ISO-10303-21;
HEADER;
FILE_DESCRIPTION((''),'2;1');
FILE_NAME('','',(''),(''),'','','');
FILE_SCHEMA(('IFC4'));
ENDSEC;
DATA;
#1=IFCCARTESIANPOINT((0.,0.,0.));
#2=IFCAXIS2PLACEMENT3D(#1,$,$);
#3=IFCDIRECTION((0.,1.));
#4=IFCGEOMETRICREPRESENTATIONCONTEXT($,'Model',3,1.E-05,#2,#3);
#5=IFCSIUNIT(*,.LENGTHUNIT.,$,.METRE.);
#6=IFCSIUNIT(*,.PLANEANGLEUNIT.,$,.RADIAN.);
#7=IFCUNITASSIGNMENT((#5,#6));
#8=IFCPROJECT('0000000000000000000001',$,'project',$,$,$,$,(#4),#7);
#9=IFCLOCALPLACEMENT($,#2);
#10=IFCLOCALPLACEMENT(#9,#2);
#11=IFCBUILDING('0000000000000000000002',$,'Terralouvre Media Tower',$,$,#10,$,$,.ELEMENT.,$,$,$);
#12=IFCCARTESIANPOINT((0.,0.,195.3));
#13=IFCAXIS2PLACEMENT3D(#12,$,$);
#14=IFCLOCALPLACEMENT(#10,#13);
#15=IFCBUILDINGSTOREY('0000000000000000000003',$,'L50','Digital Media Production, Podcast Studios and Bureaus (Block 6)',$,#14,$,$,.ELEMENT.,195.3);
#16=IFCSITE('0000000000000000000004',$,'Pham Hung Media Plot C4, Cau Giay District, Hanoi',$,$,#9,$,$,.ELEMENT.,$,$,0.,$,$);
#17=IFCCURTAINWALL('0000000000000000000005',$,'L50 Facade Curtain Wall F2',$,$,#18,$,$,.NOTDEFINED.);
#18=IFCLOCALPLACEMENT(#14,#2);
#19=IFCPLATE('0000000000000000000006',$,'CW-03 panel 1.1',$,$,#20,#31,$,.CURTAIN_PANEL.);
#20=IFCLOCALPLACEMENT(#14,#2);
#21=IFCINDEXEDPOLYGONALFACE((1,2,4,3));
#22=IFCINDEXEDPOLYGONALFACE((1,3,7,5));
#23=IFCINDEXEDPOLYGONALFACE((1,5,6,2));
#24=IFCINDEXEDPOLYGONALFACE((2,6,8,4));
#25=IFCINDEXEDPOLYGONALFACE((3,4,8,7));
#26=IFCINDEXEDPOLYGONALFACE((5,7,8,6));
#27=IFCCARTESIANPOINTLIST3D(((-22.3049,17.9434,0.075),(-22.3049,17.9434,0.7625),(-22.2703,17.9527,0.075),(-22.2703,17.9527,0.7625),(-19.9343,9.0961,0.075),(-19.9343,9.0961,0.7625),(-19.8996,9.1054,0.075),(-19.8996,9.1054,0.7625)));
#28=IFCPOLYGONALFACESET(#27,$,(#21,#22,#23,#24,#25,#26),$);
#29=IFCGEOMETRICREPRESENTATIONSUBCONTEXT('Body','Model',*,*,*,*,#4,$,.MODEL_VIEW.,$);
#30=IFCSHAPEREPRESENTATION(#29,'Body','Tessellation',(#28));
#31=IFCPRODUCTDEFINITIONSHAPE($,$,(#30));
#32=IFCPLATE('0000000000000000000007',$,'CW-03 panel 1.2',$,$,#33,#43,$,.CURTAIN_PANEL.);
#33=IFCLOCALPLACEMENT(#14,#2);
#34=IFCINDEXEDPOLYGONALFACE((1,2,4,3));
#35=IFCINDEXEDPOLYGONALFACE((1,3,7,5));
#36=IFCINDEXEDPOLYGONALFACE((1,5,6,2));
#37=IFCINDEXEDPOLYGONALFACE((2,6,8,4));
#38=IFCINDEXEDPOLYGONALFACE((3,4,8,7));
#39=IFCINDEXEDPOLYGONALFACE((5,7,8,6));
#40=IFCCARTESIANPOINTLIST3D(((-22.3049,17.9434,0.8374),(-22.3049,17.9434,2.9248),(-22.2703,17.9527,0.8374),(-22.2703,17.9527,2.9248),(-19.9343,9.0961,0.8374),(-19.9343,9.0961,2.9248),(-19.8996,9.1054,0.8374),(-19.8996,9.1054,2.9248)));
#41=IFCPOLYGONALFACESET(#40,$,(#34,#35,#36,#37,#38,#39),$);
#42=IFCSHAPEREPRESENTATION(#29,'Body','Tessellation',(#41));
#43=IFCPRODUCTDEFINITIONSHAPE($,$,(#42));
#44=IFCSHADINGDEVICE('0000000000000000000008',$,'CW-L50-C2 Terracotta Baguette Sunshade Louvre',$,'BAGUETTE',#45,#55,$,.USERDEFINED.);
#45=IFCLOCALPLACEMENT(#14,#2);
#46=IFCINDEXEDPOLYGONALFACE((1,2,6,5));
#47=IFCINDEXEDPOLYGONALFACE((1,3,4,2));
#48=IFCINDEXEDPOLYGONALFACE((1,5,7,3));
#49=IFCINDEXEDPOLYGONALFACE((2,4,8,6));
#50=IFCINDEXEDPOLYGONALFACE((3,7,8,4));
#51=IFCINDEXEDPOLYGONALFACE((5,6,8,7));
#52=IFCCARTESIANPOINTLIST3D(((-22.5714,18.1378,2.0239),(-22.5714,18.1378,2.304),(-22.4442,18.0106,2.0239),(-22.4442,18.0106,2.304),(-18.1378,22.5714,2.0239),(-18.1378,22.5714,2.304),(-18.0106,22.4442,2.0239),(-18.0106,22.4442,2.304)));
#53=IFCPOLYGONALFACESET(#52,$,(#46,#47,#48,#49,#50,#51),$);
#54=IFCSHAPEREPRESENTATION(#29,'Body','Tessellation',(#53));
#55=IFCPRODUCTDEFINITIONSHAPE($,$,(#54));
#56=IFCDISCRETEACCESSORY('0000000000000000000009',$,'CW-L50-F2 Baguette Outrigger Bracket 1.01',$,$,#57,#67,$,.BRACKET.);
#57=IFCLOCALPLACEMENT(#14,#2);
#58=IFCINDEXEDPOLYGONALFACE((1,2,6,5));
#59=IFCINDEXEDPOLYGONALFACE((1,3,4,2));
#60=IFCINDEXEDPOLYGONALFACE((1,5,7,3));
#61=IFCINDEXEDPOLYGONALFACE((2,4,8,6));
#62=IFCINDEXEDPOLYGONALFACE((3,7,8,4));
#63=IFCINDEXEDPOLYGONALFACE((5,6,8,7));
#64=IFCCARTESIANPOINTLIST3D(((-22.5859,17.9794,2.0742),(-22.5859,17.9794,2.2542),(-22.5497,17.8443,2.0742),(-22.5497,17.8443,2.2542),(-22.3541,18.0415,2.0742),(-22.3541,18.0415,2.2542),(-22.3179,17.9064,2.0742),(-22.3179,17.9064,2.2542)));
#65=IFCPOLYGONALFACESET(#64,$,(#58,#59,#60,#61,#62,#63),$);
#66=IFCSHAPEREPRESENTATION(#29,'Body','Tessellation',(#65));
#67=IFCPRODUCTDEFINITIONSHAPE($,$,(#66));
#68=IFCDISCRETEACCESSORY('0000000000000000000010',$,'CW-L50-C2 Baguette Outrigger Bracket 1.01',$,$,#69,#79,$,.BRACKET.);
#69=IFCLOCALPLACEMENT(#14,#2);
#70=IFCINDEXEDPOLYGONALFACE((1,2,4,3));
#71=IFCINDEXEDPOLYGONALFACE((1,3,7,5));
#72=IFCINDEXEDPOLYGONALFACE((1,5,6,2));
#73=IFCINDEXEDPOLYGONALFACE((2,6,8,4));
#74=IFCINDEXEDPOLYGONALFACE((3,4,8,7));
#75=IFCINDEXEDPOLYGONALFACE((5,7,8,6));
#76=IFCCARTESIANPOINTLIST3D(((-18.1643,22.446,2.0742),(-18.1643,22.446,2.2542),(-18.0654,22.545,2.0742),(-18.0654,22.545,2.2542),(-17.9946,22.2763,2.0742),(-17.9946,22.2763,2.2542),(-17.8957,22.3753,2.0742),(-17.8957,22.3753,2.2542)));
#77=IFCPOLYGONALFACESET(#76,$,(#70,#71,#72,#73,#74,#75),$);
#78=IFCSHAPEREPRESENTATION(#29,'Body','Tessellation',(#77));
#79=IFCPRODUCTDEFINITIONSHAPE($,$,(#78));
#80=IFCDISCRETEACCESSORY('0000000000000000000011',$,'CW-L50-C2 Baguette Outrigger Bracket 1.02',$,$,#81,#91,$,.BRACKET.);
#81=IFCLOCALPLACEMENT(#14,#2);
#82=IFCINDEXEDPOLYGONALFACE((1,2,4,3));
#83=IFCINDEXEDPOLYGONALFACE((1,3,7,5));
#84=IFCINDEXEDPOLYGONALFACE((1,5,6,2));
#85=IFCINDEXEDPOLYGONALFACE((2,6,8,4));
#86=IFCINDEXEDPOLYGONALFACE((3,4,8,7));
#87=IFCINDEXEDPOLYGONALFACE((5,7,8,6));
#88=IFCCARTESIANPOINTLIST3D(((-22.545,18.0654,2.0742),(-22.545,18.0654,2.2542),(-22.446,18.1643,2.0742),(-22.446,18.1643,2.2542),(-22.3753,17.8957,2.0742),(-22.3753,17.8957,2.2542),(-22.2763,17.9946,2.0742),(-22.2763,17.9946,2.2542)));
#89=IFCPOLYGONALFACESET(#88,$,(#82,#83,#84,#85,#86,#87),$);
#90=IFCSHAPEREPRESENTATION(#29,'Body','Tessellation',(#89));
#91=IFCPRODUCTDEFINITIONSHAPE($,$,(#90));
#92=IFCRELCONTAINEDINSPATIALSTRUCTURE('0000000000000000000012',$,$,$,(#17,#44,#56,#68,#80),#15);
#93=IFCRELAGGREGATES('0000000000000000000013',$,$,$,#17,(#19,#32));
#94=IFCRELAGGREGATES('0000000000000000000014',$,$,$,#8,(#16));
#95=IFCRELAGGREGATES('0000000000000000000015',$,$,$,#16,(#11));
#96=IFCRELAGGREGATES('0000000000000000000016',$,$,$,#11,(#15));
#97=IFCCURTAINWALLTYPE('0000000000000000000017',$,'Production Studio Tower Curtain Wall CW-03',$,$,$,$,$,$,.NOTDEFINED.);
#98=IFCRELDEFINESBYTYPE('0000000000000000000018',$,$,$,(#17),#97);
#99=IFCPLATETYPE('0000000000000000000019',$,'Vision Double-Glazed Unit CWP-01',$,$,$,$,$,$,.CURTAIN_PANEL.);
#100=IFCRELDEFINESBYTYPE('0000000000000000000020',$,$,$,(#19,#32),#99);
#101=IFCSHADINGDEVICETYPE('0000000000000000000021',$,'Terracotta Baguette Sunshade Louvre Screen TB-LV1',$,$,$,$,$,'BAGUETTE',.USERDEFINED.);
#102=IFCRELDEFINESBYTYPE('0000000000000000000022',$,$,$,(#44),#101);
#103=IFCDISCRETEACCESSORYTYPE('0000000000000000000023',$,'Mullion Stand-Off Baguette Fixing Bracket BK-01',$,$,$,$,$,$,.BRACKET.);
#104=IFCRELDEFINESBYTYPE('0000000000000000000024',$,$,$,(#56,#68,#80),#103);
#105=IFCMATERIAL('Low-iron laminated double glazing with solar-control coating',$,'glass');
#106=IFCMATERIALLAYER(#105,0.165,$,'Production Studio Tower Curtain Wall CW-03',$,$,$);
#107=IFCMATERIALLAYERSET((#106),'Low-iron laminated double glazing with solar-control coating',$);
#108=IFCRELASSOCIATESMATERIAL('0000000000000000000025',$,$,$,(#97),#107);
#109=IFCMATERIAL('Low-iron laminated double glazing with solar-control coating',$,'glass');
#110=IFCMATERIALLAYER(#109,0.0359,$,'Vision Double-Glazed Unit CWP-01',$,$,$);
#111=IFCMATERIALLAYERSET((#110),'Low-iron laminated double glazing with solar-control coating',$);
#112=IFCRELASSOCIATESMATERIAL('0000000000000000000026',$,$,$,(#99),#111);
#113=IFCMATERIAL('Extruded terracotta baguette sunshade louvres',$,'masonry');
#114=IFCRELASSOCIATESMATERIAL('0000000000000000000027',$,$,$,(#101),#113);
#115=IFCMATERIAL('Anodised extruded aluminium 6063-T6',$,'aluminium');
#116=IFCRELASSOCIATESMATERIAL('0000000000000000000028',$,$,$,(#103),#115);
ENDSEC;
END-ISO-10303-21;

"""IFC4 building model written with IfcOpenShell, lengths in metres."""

from ifc_helpers import new_model, si_unit, direction, frame, origin, origin_2d, place, context, subcontext, project, spatial, rectangle, extrude, material, layer, layer_set, type_object, element, aggregate, save


model = new_model("IFC4")

# Units and contexts
model_context = context("Model", 3, precision=1e-05, world=origin(), true_north=direction((0.0, 1.0)))
body_context = subcontext(model_context, "Body", "Model", "MODEL_VIEW")
ifc_project = project(units=[si_unit("LENGTHUNIT", "METRE"), si_unit("PLANEANGLEUNIT", "RADIAN")], contexts=[model_context])

# Site, building, storey
site_placement = place(None, origin())
site = spatial("IfcSite", under=ifc_project, at=site_placement, Name="Pham Hung Media Plot C4, Cau Giay District, Hanoi", CompositionType="ELEMENT", RefElevation=0.0)
building_placement = place(site_placement, origin())
building = spatial("IfcBuilding", under=site, at=building_placement, Name="Terralouvre Media Tower", CompositionType="ELEMENT")
storey_placement = place(building_placement, frame((0.0, 0.0, 195.3)))
storey = spatial("IfcBuildingStorey", under=building, at=storey_placement, Name="L50", Description="Digital Media Production, Podcast Studios and Bureaus (Block 6)", CompositionType="ELEMENT", Elevation=195.3)

# Curtain wall
ifc_material_1 = material(Name="Low-iron laminated double glazing with solar-control coating", Category="glass")
ifc_layer_1 = layer(ifc_material_1, 0.165, Name="Production Studio Tower Curtain Wall CW-03")
ifc_layer_set_1 = layer_set([ifc_layer_1], Name="Low-iron laminated double glazing with solar-control coating")
curtain_wall_type_1 = type_object("IfcCurtainWallType", Name="Production Studio Tower Curtain Wall CW-03", PredefinedType="NOTDEFINED", material=ifc_layer_set_1)
curtain_wall_1_placement = place(storey_placement, origin())
curtain_wall_1 = element("IfcCurtainWall", 1, at=curtain_wall_1_placement, inside=storey, type_object=curtain_wall_type_1, Name="L50 Facade Curtain Wall F2", PredefinedType="NOTDEFINED")

# Plates
ifc_material_2 = material(Name="Low-iron laminated double glazing with solar-control coating", Category="glass")
ifc_layer_2 = layer(ifc_material_2, 0.0359, Name="Vision Double-Glazed Unit CWP-01")
ifc_layer_set_2 = layer_set([ifc_layer_2], Name="Low-iron laminated double glazing with solar-control coating")
plate_type_1 = type_object("IfcPlateType", Name="Vision Double-Glazed Unit CWP-01", PredefinedType="CURTAIN_PANEL", material=ifc_layer_set_2)
plate_1_placement = place(storey_placement, frame((-21.1023, 13.5244, 0.075), z_axis=(0.0, 0.0, 1.0), x_axis=(0.258819, -0.965926, 0.0)))
plate_1 = element("IfcPlate", 2, at=plate_1_placement, type_object=plate_type_1, Name="CW-03 panel 1.1", PredefinedType="CURTAIN_PANEL", context=body_context, shape_type="SweptSolid", body=[
    extrude(rectangle(XDim=9.1594, YDim=0.0359, at=origin_2d()), origin(), (0.0, 0.0, 1.0), 0.6875),
])
plate_2_placement = place(storey_placement, frame((-21.1023, 13.5244, 0.8374), z_axis=(0.0, 0.0, 1.0), x_axis=(0.258819, -0.965926, 0.0)))
plate_2 = element("IfcPlate", 3, at=plate_2_placement, type_object=plate_type_1, Name="CW-03 panel 1.2", PredefinedType="CURTAIN_PANEL", context=body_context, shape_type="SweptSolid", body=[
    extrude(rectangle(XDim=9.1594, YDim=0.0359, at=origin_2d()), origin(), (0.0, 0.0, 1.0), 2.0874),
])
aggregate(curtain_wall_1, [plate_1, plate_2])

# Shading device
ifc_material_3 = material(Name="Extruded terracotta baguette sunshade louvres", Category="masonry")
shading_device_type = type_object("IfcShadingDeviceType", Name="Terracotta Baguette Sunshade Louvre Screen TB-LV1", ElementType="BAGUETTE", PredefinedType="USERDEFINED", material=ifc_material_3)
shading_device_placement = place(storey_placement, frame((-20.291, 20.291, 2.0239), z_axis=(0.0, 0.0, 1.0), x_axis=(-0.707107, -0.707107, 0.0)))
element("IfcShadingDevice", 4, at=shading_device_placement, inside=storey, type_object=shading_device_type, Name="CW-L50-C2 Terracotta Baguette Sunshade Louvre", ObjectType="BAGUETTE", PredefinedType="USERDEFINED", context=body_context, shape_type="SweptSolid", body=[
    extrude(rectangle(XDim=6.27, YDim=0.1799, at=origin_2d()), origin(), (0.0, 0.0, 1.0), 0.28),
])

# Discrete accessories
ifc_material_4 = material(Name="Anodised extruded aluminium 6063-T6", Category="aluminium")
discrete_accessory_type = type_object("IfcDiscreteAccessoryType", Name="Mullion Stand-Off Baguette Fixing Bracket BK-01", PredefinedType="BRACKET", material=ifc_material_4)
for number, where, z_axis, x_axis, name in (
    (5, (-22.4519, 17.9429, 2.0742), (0.0, 0.0, 1.0), (0.258819, -0.965926, 0.0), "CW-L50-F2 Baguette Outrigger Bracket 1.01"),
    (6, (-18.03, 22.4106, 2.0742), (0.0, 0.0, 1.0), (-0.707107, -0.707107, 0.0), "CW-L50-C2 Baguette Outrigger Bracket 1.01"),
    (7, (-22.4106, 18.03, 2.0742), (0.0, 0.0, 1.0), (-0.707107, -0.707107, 0.0), "CW-L50-C2 Baguette Outrigger Bracket 1.02"),
):
    element("IfcDiscreteAccessory", number, at=place(storey_placement, frame(where, z_axis=z_axis, x_axis=x_axis)), inside=storey, type_object=discrete_accessory_type, Name=name, PredefinedType="BRACKET", context=body_context, shape_type="SweptSolid", body=[
        extrude(rectangle(XDim=0.1399, YDim=0.24, at=origin_2d()), origin(), (0.0, 0.0, 1.0), 0.1799),
    ])

save(model, "model.ifc")
